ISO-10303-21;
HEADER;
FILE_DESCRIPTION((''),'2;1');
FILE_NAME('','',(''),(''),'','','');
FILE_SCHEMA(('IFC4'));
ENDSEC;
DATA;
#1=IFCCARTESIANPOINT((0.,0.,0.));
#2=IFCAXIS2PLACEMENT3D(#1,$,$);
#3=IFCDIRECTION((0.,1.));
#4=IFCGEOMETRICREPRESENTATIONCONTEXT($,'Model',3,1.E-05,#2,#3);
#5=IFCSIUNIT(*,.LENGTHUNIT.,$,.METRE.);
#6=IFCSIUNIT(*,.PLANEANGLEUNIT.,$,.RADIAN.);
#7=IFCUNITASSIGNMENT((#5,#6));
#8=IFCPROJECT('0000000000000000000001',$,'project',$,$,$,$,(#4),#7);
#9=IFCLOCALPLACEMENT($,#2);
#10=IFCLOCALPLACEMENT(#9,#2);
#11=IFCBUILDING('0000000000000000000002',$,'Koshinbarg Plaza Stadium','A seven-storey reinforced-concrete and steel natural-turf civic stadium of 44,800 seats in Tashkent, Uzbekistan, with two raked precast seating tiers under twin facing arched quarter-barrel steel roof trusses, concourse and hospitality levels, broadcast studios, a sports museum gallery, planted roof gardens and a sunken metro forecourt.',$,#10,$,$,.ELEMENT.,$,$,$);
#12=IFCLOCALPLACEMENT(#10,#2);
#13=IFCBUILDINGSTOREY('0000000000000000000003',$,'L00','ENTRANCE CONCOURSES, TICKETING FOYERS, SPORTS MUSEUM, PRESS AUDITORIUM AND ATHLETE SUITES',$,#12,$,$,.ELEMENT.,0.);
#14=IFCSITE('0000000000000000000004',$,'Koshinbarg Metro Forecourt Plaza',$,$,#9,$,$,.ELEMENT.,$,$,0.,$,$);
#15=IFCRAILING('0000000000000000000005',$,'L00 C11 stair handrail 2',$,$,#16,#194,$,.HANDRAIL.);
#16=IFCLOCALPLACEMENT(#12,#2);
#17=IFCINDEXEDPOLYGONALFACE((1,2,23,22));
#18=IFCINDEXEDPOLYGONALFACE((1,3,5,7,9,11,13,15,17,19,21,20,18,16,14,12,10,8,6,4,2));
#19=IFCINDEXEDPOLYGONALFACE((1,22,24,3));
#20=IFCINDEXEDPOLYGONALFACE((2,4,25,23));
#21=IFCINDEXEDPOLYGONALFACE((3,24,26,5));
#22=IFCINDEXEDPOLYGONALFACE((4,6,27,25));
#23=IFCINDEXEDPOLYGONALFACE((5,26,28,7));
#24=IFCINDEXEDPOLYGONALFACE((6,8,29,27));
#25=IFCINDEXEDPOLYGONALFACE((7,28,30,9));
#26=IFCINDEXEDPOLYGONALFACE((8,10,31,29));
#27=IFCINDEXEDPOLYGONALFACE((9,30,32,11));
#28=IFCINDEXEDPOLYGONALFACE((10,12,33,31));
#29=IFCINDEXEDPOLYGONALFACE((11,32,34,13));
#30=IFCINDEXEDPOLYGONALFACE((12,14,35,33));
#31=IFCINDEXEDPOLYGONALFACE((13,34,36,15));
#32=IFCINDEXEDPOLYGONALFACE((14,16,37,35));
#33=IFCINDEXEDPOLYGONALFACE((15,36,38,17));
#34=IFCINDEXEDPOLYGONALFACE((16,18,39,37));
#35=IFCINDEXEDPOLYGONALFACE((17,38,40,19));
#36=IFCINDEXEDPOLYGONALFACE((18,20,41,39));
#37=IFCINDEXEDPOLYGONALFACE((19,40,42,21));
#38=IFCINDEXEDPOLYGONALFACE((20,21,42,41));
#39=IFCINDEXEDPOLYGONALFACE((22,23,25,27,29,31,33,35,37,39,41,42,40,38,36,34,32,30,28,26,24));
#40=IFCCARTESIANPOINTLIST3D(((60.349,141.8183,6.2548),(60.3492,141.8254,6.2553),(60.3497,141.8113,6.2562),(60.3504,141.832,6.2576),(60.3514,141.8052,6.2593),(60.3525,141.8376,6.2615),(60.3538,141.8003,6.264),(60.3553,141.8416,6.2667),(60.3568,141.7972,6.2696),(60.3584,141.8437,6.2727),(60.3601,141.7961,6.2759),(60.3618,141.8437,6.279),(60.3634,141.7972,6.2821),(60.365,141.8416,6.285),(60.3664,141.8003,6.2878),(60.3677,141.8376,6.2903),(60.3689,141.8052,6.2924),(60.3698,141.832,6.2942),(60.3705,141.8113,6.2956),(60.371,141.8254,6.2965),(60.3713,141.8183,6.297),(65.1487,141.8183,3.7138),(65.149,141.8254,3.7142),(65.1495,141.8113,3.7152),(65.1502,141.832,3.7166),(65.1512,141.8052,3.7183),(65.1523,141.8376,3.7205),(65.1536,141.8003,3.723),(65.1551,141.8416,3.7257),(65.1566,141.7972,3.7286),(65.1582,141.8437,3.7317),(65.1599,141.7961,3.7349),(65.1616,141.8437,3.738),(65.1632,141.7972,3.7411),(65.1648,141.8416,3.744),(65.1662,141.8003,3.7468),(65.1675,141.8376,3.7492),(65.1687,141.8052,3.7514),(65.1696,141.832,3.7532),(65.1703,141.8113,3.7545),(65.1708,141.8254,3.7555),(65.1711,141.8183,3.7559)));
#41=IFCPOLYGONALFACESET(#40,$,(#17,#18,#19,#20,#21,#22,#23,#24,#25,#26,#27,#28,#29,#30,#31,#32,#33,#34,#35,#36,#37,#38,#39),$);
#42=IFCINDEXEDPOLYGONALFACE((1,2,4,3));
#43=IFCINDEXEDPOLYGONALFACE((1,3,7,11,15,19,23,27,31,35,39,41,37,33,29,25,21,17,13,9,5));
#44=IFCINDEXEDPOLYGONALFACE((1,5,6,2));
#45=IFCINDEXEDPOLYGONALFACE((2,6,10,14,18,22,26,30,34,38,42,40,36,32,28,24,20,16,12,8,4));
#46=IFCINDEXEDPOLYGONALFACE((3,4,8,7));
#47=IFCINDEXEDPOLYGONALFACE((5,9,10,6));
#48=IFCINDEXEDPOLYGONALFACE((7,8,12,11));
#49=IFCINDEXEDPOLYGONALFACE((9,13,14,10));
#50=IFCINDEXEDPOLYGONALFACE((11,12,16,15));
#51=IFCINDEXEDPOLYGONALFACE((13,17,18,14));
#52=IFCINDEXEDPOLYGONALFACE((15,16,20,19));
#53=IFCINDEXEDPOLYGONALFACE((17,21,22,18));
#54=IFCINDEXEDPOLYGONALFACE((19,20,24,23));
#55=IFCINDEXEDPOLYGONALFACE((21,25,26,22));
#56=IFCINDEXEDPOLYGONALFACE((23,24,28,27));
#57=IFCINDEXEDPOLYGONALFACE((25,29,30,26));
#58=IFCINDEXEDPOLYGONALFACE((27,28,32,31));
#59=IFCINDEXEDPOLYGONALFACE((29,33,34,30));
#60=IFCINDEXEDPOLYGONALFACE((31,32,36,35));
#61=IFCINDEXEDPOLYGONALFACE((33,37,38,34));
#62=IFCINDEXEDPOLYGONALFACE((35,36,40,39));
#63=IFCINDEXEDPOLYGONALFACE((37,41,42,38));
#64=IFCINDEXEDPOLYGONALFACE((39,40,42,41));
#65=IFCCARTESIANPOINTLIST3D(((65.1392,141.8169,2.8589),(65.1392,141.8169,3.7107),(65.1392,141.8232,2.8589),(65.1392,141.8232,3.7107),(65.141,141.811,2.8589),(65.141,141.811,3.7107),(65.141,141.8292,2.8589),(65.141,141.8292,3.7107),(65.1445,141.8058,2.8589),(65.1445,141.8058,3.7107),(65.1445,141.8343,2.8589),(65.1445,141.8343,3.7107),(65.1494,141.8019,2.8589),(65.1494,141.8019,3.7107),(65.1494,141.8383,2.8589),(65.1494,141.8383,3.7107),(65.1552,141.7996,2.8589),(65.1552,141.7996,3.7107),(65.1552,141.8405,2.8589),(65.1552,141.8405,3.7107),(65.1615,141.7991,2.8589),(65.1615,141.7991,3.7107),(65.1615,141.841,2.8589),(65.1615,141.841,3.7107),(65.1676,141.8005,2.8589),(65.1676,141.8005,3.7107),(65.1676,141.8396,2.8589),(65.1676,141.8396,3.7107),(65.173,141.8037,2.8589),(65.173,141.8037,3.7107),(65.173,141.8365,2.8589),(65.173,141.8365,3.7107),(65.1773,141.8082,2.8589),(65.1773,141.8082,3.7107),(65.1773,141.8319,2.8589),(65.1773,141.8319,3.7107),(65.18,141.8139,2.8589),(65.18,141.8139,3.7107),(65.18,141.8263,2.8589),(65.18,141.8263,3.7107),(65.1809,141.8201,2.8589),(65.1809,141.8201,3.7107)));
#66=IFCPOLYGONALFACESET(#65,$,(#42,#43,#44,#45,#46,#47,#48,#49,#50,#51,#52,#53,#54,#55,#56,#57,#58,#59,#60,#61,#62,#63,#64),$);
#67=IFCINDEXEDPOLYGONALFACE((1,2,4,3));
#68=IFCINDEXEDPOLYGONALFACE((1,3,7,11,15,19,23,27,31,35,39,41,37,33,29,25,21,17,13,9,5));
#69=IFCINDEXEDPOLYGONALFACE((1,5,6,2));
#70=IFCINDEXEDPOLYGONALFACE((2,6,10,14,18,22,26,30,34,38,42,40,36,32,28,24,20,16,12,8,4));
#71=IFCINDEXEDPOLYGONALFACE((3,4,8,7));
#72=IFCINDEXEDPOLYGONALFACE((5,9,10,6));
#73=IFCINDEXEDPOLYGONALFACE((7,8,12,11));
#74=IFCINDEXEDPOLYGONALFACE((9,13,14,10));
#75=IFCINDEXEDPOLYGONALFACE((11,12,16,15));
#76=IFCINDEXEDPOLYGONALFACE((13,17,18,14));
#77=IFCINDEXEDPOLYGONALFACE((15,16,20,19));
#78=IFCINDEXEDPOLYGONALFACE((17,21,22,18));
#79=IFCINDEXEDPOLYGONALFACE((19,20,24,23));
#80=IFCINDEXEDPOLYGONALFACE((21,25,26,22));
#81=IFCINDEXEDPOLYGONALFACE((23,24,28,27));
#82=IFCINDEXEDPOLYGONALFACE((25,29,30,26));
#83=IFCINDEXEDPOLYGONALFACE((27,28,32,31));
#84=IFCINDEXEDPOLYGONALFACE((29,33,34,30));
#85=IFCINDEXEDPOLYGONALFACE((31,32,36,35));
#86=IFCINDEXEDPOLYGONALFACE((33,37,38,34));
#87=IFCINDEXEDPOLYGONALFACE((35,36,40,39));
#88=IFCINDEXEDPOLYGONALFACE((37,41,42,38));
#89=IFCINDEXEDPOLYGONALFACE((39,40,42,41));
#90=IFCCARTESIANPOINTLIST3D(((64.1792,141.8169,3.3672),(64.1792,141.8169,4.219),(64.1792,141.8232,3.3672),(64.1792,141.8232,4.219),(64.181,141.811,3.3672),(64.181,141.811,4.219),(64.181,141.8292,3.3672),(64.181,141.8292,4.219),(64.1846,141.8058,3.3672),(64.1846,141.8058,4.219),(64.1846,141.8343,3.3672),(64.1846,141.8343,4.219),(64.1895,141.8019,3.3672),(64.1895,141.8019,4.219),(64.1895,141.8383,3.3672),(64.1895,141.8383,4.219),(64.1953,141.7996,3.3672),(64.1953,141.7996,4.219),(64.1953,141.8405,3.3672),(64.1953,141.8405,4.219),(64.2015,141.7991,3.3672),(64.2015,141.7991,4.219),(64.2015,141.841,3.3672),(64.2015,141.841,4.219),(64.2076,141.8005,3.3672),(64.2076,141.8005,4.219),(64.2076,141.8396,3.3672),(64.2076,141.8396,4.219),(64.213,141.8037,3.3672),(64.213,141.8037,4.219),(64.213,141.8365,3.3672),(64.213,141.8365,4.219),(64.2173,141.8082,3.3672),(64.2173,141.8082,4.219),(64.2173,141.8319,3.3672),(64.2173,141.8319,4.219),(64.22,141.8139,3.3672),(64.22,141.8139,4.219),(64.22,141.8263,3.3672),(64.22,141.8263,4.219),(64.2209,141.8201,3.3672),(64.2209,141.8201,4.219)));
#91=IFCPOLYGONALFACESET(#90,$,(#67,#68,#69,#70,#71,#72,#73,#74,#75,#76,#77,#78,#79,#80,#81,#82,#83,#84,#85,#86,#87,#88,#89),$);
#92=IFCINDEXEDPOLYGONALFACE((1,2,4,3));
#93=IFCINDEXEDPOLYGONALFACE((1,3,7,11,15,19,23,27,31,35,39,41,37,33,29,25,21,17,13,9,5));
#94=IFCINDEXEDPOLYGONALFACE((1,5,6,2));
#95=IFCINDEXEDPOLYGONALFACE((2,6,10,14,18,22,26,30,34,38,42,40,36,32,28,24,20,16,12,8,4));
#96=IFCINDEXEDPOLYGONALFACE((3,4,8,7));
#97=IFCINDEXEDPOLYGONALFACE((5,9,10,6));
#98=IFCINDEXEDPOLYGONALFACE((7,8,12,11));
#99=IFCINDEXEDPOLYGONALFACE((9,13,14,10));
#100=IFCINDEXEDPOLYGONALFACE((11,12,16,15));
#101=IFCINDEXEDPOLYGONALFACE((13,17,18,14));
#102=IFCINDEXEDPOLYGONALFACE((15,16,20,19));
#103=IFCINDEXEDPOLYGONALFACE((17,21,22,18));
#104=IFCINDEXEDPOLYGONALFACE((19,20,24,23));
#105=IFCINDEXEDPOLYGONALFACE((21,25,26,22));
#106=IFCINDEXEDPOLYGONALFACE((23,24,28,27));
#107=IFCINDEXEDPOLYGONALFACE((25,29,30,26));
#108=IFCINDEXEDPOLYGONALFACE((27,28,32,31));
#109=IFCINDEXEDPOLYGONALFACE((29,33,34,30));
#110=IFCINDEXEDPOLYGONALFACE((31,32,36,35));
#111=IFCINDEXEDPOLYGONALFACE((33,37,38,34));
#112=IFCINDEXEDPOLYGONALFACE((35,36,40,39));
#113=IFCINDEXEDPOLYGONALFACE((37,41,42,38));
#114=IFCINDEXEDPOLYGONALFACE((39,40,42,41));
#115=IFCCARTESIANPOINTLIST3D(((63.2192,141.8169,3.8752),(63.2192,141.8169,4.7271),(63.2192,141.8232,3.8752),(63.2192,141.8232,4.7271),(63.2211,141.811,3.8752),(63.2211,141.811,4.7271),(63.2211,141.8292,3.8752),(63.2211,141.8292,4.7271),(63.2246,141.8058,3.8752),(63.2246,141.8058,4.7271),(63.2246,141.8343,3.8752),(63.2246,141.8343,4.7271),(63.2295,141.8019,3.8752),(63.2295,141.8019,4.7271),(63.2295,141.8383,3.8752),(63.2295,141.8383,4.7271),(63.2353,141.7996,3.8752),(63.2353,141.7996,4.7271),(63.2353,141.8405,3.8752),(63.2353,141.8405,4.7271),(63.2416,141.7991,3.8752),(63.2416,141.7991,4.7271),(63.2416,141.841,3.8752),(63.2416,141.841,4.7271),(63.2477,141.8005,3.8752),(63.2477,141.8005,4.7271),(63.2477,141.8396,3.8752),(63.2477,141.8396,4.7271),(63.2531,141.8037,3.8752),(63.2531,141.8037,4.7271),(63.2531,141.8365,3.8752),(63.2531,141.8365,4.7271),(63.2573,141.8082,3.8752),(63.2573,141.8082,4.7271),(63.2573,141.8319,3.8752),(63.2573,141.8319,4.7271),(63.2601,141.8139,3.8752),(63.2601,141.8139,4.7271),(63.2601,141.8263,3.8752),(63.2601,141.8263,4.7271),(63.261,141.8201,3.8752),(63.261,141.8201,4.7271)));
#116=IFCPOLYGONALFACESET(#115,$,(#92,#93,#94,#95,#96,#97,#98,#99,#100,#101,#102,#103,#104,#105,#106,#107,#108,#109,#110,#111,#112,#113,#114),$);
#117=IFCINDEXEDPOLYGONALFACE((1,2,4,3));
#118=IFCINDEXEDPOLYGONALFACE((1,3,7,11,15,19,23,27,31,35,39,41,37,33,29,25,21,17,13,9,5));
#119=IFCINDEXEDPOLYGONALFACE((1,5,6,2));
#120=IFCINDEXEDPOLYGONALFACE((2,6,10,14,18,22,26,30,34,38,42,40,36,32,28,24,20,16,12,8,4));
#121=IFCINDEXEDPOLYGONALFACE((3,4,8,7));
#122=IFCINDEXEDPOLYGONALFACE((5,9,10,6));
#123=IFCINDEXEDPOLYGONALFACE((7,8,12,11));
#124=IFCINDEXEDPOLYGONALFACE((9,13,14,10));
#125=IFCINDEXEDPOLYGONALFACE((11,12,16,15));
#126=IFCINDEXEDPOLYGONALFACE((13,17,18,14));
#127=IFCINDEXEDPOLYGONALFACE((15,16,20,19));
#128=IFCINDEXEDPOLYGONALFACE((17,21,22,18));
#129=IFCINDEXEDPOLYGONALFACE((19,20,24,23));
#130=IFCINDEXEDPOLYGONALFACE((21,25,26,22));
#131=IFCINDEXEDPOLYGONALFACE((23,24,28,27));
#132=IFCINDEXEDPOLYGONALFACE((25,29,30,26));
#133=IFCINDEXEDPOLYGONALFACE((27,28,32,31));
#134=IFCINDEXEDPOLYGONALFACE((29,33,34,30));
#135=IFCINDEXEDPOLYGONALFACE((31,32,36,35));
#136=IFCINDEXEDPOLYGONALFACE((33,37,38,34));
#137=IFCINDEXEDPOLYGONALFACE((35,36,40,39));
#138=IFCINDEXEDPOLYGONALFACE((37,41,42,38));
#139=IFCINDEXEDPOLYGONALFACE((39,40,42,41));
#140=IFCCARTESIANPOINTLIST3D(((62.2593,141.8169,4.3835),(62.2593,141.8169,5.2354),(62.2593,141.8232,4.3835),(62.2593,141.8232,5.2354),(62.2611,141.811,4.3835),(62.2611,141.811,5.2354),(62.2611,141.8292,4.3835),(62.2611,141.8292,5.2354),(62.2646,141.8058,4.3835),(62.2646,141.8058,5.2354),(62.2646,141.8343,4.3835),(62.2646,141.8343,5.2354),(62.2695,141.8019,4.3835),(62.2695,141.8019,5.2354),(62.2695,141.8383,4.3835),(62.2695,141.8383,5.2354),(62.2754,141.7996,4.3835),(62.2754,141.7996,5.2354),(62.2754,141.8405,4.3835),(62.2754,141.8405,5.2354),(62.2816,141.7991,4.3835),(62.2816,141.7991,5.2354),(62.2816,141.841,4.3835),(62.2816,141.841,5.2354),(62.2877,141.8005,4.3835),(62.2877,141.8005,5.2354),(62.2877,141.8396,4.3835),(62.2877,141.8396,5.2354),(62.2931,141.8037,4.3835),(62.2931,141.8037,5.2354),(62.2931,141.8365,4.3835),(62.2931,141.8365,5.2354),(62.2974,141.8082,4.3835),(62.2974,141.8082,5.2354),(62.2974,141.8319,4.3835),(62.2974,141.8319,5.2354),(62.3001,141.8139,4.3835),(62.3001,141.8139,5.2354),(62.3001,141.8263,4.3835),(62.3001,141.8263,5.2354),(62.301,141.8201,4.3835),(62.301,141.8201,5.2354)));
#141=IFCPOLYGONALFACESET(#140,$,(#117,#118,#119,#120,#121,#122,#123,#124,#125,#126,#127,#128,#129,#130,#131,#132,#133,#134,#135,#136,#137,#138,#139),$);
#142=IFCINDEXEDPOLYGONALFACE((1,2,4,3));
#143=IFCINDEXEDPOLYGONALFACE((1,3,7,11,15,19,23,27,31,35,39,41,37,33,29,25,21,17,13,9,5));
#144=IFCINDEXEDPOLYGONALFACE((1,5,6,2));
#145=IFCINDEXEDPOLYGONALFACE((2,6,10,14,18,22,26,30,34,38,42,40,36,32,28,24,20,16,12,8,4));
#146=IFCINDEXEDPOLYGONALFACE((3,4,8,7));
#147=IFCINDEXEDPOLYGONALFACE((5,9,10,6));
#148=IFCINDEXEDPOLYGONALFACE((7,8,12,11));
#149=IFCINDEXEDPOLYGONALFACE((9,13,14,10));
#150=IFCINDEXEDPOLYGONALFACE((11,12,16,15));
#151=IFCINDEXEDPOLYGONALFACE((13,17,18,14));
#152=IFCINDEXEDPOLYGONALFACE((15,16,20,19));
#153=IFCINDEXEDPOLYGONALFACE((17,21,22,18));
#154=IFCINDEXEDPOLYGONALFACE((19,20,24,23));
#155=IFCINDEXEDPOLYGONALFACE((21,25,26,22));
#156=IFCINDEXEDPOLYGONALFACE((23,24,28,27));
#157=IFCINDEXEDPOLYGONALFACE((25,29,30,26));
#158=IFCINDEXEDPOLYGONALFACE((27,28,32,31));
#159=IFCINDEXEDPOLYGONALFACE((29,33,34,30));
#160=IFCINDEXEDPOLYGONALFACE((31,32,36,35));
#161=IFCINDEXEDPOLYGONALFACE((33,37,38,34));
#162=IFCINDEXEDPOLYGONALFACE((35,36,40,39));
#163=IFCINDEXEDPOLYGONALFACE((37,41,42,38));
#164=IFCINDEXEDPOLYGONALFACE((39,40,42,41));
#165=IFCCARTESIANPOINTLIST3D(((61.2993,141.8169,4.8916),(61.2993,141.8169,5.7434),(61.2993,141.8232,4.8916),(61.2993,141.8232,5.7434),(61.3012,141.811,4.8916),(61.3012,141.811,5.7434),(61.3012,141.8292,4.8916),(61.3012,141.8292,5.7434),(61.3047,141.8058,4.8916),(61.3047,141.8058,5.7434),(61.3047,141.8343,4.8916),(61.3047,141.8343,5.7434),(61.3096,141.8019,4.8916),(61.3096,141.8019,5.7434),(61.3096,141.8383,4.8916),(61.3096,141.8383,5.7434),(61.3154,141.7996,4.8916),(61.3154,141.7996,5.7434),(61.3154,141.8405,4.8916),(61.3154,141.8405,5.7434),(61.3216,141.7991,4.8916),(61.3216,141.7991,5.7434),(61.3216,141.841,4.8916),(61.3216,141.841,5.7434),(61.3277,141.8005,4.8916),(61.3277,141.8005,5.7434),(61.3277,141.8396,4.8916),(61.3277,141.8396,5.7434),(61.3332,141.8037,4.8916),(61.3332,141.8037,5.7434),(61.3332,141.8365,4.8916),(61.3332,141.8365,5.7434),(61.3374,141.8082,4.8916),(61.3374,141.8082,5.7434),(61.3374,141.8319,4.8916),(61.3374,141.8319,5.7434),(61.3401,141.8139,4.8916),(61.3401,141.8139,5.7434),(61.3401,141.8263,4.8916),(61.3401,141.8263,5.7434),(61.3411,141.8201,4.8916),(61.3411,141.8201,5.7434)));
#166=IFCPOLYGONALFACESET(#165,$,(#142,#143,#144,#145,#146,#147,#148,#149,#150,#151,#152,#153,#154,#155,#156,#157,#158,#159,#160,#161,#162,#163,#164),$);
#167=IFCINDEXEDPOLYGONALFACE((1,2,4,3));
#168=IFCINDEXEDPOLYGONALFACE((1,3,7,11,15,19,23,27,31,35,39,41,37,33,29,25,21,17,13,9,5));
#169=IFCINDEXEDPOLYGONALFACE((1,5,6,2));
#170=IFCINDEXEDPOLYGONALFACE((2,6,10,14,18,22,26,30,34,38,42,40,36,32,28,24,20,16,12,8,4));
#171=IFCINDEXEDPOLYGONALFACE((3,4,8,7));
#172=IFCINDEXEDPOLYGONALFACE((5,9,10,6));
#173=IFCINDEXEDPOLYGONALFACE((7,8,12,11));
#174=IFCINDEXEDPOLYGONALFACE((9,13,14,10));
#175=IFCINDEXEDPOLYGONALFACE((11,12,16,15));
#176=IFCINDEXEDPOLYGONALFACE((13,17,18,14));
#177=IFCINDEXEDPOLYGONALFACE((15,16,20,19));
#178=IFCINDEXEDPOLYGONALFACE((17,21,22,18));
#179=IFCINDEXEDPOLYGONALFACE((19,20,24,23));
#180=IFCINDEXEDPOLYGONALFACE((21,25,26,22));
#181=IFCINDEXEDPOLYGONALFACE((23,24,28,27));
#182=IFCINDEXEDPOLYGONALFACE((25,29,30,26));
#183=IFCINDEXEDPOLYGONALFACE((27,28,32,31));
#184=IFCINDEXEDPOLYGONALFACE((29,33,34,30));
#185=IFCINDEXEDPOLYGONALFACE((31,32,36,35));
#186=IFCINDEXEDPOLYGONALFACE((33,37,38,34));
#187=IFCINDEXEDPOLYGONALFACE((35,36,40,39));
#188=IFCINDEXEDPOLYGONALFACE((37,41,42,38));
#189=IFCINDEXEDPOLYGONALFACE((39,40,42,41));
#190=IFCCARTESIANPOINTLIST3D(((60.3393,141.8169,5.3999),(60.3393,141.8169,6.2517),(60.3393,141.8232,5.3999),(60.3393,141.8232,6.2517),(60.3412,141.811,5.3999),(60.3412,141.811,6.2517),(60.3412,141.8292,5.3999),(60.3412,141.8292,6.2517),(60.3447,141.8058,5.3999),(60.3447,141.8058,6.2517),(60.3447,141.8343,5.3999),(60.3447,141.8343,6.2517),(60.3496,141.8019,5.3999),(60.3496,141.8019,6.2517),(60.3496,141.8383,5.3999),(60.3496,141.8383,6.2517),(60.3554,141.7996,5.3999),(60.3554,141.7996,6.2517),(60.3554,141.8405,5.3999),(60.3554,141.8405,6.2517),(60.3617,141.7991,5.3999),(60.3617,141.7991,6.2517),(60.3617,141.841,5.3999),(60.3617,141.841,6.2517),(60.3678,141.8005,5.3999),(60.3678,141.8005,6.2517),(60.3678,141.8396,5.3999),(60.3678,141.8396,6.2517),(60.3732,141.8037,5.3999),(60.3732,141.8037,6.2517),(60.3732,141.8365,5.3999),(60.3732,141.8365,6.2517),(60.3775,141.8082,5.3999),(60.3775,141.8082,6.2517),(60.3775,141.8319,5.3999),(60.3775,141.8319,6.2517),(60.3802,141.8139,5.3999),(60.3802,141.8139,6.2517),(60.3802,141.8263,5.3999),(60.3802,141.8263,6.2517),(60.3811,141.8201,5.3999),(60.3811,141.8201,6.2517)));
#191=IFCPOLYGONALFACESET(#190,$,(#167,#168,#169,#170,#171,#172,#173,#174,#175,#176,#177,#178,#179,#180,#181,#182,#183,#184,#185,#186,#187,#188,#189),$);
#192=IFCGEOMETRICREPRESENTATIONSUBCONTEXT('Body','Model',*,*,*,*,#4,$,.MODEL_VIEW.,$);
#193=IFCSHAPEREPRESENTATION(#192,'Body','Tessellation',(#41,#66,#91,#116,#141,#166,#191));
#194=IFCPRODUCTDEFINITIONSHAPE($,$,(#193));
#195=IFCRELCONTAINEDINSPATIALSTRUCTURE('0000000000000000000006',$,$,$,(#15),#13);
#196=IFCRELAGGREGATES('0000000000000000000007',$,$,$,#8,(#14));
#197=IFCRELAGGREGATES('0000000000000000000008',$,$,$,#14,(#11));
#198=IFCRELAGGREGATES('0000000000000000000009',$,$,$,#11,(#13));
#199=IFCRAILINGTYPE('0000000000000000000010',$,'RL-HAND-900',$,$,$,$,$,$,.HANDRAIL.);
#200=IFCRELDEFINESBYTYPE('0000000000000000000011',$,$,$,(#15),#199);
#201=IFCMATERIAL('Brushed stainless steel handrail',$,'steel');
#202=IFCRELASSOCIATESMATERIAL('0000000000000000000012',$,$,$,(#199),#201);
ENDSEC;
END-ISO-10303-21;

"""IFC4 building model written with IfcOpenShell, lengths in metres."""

from ifc_helpers import new_model, si_unit, direction, frame, origin, origin_2d, place, context, subcontext, project, spatial, circle, extrude, material, type_object, element, save


model = new_model("IFC4")

# Units and contexts
model_context = context("Model", 3, precision=1e-05, world=origin(), true_north=direction((0.0, 1.0)))
body_context = subcontext(model_context, "Body", "Model", "MODEL_VIEW")
ifc_project = project(units=[si_unit("LENGTHUNIT", "METRE"), si_unit("PLANEANGLEUNIT", "RADIAN")], contexts=[model_context])

# Site, building, storey
site_placement = place(None, origin())
site = spatial("IfcSite", under=ifc_project, at=site_placement, Name="Koshinbarg Metro Forecourt Plaza", CompositionType="ELEMENT", RefElevation=0.0)
building_placement = place(site_placement, origin())
building = spatial("IfcBuilding", under=site, at=building_placement, Name="Koshinbarg Plaza Stadium", Description="A seven-storey reinforced-concrete and steel natural-turf civic stadium of 44,800 seats in Tashkent, Uzbekistan, with two raked precast seating tiers under twin facing arched quarter-barrel steel roof trusses, concourse and hospitality levels, broadcast studios, a sports museum gallery, planted roof gardens and a sunken metro forecourt.", CompositionType="ELEMENT")
storey_placement = place(building_placement, origin())
storey = spatial("IfcBuildingStorey", under=building, at=storey_placement, Name="L00", Description="ENTRANCE CONCOURSES, TICKETING FOYERS, SPORTS MUSEUM, PRESS AUDITORIUM AND ATHLETE SUITES", CompositionType="ELEMENT", Elevation=0.0)

# Railing
ifc_material_1 = material(Name="Brushed stainless steel handrail", Category="steel")
railing_type_1 = type_object("IfcRailingType", Name="RL-HAND-900", PredefinedType="HANDRAIL", material=ifc_material_1)
railing_1_placement = place(storey_placement, frame((65.1599, 141.8201, 2.8589)))
element("IfcRailing", 1, at=railing_1_placement, inside=storey, type_object=railing_type_1, Name="L00 C11 stair handrail 2", PredefinedType="HANDRAIL", context=body_context, shape_type="SweptSolid", body=[
    extrude(circle(Radius=0.0239, at=origin_2d()), frame((0.0, 0.0, 0.876), z_axis=(-0.883792, 0.0, 0.467879), x_axis=(0.0, -1.0, 0.0)), (0.0, 0.0, 1.0), 5.4309),
    extrude(circle(Radius=0.021, at=origin_2d()), origin(), (0.0, 0.0, 1.0), 0.8518),
    extrude(circle(Radius=0.021, at=origin_2d()), frame((-0.96, 0.0, 0.5083)), (0.0, 0.0, 1.0), 0.8518),
    extrude(circle(Radius=0.021, at=origin_2d()), frame((-1.9199, 0.0, 1.0164)), (0.0, 0.0, 1.0), 0.8518),
    extrude(circle(Radius=0.021, at=origin_2d()), frame((-2.8799, 0.0, 1.5247)), (0.0, 0.0, 1.0), 0.8518),
    extrude(circle(Radius=0.021, at=origin_2d()), frame((-3.8398, 0.0, 2.0327)), (0.0, 0.0, 1.0), 0.8518),
    extrude(circle(Radius=0.021, at=origin_2d()), frame((-4.7998, 0.0, 2.541)), (0.0, 0.0, 1.0), 0.8518),
])

save(model, "model.ifc")
